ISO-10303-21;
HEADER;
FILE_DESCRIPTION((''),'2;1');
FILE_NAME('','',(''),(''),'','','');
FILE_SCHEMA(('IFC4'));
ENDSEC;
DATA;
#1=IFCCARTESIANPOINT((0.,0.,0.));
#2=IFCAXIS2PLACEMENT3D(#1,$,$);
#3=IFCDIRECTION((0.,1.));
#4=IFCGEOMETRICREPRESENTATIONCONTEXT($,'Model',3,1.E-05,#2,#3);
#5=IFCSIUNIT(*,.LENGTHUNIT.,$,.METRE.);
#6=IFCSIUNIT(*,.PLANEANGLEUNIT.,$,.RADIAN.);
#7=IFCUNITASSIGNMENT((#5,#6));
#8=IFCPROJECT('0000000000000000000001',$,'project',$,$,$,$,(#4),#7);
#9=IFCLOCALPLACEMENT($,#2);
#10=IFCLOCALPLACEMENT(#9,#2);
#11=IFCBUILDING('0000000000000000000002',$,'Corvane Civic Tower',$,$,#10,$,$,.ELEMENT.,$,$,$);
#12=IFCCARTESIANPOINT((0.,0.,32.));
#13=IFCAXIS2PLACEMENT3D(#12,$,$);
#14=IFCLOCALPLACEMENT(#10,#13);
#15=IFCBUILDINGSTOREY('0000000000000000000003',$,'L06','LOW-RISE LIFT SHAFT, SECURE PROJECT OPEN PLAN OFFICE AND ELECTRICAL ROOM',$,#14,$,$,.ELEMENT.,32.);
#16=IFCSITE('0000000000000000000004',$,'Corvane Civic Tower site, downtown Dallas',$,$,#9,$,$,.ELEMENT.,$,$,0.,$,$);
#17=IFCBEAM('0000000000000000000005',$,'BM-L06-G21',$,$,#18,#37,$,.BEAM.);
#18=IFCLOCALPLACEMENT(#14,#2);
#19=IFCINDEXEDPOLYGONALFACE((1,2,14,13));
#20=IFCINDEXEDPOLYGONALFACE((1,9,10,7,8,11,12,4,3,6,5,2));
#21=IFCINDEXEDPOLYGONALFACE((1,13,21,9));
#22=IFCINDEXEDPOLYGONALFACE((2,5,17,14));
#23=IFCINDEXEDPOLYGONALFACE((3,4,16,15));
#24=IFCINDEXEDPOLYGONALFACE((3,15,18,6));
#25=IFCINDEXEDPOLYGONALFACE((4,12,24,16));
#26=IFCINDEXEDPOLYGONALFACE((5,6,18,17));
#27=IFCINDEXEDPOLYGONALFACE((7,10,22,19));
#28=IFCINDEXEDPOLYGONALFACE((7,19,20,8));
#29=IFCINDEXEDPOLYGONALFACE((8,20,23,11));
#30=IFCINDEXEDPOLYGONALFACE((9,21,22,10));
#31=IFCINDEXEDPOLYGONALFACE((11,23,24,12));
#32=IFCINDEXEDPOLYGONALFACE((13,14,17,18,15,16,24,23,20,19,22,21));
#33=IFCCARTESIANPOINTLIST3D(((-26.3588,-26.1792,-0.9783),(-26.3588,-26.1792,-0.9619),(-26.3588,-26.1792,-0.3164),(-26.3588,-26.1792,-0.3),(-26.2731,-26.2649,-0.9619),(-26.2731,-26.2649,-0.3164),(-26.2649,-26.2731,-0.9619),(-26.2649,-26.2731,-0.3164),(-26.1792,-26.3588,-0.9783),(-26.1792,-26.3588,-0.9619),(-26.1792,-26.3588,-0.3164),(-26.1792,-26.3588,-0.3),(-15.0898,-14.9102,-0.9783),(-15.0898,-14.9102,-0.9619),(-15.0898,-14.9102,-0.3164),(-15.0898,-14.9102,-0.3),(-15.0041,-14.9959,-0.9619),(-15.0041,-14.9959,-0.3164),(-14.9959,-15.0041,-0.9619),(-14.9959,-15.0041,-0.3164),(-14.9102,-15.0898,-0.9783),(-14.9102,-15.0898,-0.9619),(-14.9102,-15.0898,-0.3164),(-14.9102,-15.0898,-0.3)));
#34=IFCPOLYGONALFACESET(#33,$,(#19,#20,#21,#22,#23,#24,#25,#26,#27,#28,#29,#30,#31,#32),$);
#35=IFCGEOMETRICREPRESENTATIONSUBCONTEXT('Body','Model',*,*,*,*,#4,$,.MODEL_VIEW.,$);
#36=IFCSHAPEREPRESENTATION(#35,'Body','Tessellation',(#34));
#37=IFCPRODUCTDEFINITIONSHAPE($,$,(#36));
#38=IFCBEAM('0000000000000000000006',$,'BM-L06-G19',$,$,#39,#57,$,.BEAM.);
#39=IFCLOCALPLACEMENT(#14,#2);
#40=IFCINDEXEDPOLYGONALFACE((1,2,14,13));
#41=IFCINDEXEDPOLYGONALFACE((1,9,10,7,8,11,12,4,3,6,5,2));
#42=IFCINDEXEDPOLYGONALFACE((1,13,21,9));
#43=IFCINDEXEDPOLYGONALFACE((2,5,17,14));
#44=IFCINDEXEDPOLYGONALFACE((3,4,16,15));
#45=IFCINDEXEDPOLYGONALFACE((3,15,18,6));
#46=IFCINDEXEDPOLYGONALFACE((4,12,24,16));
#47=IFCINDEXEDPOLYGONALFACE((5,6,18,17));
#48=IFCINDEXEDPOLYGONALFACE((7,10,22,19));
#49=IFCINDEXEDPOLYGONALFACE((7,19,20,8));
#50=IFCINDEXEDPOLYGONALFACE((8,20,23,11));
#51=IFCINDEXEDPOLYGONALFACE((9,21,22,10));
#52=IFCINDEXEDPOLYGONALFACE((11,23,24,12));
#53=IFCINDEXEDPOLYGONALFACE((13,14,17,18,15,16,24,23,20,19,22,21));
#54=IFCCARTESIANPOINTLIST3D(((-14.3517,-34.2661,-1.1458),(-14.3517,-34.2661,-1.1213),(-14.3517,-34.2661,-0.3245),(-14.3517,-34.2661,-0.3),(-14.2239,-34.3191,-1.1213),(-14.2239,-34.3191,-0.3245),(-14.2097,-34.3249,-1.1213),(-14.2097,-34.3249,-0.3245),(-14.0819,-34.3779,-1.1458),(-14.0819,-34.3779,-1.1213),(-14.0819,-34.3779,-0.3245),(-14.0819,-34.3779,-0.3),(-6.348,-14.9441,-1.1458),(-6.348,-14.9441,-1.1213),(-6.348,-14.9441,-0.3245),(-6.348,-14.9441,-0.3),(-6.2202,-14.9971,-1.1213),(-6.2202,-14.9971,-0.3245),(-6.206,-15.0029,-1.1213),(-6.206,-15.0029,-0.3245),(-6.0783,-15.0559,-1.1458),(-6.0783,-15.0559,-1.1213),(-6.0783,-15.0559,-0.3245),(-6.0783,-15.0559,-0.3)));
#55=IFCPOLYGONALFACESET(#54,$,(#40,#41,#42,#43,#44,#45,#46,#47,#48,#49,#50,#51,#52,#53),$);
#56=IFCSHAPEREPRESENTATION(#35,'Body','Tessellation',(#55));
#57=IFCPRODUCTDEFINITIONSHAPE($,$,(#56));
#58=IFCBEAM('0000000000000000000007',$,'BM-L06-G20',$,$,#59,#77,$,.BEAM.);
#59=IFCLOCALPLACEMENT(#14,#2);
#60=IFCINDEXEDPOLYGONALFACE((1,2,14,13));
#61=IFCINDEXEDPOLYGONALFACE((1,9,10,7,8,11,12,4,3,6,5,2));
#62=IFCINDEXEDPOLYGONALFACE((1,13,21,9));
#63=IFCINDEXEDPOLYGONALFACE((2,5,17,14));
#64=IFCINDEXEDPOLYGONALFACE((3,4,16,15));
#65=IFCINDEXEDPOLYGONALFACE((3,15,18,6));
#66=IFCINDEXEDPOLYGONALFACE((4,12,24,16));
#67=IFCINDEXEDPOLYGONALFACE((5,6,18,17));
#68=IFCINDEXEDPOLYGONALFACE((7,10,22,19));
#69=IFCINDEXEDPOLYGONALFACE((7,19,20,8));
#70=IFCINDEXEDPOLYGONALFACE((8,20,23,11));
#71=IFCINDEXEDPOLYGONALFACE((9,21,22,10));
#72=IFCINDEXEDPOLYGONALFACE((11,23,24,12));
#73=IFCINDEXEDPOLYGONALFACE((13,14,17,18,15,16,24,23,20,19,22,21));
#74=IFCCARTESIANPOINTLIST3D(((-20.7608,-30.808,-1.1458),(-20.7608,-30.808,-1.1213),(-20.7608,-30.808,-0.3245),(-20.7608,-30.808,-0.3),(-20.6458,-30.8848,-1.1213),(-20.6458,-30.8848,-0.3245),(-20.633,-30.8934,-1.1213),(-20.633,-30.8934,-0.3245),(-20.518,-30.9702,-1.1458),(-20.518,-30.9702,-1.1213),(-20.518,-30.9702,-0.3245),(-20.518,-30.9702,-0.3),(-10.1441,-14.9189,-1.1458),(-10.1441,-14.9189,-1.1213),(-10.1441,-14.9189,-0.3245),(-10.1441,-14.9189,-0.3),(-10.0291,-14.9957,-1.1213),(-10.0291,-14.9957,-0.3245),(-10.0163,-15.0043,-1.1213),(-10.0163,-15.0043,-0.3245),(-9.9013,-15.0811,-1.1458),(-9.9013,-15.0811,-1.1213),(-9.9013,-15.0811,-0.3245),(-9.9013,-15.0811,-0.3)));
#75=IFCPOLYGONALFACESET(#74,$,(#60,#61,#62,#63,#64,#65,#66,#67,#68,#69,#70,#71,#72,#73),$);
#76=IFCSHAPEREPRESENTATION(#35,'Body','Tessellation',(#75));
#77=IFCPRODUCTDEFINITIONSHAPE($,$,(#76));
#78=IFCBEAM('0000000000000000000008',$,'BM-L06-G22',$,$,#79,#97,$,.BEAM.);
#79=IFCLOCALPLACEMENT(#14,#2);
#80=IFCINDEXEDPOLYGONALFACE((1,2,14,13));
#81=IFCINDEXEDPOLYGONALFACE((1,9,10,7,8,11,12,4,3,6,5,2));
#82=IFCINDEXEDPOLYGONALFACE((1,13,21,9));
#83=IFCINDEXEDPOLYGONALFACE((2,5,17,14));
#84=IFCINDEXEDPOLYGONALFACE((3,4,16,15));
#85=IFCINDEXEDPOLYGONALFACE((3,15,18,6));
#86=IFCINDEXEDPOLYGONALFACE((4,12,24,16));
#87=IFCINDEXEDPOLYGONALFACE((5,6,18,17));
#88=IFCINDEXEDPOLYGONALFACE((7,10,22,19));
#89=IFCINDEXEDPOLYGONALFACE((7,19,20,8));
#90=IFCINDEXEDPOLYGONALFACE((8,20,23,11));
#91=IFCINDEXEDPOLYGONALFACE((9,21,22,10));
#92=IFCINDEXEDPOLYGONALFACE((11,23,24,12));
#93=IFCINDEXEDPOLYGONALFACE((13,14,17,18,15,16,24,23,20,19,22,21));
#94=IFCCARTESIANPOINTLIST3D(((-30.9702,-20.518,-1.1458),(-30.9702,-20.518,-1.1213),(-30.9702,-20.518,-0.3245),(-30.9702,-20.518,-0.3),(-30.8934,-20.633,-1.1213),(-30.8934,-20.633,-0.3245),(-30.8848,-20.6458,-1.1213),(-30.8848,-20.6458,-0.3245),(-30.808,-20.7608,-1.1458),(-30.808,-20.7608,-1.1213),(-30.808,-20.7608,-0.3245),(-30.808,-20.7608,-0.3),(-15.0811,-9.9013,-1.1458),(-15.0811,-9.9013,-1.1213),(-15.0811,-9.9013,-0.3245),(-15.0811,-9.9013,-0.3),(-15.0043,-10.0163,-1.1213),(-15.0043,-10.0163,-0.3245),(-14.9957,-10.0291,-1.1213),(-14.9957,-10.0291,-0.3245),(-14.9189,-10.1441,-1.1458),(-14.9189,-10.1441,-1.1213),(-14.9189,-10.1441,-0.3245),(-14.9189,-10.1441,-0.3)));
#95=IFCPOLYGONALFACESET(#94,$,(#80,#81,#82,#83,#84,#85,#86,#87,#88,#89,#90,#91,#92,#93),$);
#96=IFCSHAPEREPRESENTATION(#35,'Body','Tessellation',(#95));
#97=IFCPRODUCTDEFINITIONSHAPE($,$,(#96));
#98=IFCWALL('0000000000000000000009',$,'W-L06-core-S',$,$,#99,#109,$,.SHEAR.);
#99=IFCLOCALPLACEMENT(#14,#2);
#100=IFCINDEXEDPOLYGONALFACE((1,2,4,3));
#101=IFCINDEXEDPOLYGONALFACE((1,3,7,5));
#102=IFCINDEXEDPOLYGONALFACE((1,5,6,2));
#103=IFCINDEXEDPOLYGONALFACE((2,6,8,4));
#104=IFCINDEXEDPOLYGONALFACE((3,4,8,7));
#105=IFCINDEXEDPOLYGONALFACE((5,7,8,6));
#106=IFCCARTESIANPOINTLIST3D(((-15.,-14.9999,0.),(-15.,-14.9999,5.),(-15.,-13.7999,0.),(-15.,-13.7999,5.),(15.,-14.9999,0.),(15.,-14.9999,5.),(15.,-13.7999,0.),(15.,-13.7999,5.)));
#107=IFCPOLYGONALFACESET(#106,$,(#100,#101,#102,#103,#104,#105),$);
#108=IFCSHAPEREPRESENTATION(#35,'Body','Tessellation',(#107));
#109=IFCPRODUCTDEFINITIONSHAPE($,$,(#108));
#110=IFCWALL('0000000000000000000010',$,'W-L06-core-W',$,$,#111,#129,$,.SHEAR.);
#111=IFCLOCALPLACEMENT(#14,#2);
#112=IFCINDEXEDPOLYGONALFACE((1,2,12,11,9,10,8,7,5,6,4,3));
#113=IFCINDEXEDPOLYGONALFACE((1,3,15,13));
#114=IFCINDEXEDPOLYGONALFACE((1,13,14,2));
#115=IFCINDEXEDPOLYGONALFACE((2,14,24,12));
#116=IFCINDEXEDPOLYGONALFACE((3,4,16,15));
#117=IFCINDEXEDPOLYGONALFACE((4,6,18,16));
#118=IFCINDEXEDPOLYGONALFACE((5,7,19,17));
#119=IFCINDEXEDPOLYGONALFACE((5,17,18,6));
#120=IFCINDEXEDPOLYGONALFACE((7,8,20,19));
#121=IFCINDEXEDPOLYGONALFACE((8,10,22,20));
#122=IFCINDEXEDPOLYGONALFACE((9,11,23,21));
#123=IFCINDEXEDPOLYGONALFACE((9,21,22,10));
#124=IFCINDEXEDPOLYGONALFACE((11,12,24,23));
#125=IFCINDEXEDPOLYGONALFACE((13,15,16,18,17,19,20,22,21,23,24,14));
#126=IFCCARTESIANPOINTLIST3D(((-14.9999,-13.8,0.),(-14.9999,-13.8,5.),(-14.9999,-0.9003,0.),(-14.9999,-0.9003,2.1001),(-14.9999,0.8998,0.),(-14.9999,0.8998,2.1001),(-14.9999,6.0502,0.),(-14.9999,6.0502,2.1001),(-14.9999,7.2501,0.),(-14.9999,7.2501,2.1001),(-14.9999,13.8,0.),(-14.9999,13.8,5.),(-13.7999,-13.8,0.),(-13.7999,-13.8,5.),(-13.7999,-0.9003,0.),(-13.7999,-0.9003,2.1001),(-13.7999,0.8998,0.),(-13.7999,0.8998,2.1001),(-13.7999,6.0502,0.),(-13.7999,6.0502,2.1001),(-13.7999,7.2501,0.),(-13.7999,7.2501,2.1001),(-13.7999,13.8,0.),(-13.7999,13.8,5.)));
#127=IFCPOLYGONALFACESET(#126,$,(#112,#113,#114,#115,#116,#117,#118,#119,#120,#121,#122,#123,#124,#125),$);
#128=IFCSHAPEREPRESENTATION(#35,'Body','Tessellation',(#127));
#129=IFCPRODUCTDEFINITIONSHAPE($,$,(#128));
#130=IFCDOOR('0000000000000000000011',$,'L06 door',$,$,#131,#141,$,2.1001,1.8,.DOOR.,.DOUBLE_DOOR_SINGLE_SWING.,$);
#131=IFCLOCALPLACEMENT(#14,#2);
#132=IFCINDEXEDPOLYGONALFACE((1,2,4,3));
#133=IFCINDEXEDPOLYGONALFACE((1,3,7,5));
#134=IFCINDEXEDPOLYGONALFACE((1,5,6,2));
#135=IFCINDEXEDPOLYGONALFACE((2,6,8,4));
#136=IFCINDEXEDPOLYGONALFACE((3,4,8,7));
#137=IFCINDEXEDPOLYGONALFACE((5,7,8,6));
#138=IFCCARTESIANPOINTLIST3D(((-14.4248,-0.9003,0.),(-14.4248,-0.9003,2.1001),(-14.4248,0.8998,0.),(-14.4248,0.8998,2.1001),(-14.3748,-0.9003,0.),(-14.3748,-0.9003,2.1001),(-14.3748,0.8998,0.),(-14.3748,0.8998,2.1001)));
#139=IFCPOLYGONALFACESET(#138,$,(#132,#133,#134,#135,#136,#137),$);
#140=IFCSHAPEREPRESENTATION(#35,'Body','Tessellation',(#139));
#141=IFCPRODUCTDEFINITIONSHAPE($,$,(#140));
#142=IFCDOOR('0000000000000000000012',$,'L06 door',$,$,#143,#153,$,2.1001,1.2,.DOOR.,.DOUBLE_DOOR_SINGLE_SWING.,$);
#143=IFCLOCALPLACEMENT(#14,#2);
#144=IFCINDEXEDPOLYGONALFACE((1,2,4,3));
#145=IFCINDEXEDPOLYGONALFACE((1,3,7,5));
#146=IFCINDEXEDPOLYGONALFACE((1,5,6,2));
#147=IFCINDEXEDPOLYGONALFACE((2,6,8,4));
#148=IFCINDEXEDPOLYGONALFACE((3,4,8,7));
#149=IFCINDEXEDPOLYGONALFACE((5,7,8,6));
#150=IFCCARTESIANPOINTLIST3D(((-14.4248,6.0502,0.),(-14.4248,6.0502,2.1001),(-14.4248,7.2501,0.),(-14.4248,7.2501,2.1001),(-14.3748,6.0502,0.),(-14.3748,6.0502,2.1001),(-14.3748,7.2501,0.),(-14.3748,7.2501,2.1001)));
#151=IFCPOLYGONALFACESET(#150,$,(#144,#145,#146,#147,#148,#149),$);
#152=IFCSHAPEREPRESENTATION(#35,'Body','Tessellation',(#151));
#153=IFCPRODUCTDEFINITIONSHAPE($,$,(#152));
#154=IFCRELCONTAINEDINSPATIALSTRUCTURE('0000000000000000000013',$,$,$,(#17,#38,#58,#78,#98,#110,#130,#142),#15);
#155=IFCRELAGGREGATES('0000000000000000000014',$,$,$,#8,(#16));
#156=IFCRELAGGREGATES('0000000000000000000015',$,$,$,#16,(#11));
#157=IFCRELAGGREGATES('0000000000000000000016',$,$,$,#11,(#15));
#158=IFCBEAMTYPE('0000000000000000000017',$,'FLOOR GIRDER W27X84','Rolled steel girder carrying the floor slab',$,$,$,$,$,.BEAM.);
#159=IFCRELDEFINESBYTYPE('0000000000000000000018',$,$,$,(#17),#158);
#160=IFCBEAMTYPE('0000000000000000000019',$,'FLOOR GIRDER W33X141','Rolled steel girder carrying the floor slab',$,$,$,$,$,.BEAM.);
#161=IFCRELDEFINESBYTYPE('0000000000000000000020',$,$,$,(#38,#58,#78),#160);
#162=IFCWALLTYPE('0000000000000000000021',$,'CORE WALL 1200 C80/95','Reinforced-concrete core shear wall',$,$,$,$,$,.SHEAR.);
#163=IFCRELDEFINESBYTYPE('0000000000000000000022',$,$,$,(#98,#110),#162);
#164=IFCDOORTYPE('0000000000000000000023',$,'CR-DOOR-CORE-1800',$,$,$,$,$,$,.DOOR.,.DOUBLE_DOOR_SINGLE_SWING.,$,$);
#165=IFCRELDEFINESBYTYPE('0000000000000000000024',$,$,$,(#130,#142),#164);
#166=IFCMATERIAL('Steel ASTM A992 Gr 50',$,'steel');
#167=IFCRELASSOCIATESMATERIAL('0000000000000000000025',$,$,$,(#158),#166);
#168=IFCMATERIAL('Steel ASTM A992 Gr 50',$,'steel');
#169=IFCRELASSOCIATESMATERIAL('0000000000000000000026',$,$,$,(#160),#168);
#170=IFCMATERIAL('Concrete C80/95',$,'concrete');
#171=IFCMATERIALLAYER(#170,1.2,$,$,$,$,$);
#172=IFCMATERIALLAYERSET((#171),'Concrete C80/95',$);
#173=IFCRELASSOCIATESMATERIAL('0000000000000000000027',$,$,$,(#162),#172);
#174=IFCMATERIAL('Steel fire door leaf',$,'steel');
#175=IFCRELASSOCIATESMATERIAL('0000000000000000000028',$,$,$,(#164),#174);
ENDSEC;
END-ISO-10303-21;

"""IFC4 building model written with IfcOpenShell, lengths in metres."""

from ifc_helpers import new_model, si_unit, direction, frame, frame_2d, origin, origin_2d, place, context, subcontext, project, spatial, rectangle, i_section, extrude, material, layer, layer_set, material_profile, profile_set, type_object, element, fill, save


model = new_model("IFC4")

# Units and contexts
model_context = context("Model", 3, precision=1e-05, world=origin(), true_north=direction((0.0, 1.0)))
body_context = subcontext(model_context, "Body", "Model", "MODEL_VIEW")
ifc_project = project(units=[si_unit("LENGTHUNIT", "METRE"), si_unit("PLANEANGLEUNIT", "RADIAN")], contexts=[model_context])

# Site, building, storey
site_placement = place(None, origin())
site = spatial("IfcSite", under=ifc_project, at=site_placement, Name="Corvane Civic Tower site, downtown Dallas", CompositionType="ELEMENT", RefElevation=0.0)
building_placement = place(site_placement, origin())
building = spatial("IfcBuilding", under=site, at=building_placement, Name="Corvane Civic Tower", CompositionType="ELEMENT")
storey_placement = place(building_placement, frame((0.0, 0.0, 32.0)))
storey = spatial("IfcBuildingStorey", under=building, at=storey_placement, Name="L06", Description="LOW-RISE LIFT SHAFT, SECURE PROJECT OPEN PLAN OFFICE AND ELECTRICAL ROOM", CompositionType="ELEMENT", Elevation=32.0)

# Beams
ifc_material_1 = material(Name="Steel ASTM A992 Gr 50", Category="steel")
ifc_material_profile_1 = material_profile(ifc_material_1, i_section(OverallWidth=0.2539, OverallDepth=0.6782, WebThickness=0.0117, FlangeThickness=0.0164, at=origin_2d()), Name="W27X84")
ifc_profile_set_1 = profile_set([ifc_material_profile_1], Name="Steel ASTM A992 Gr 50")
beam_type_1 = type_object("IfcBeamType", Name="FLOOR GIRDER W27X84", Description="Rolled steel girder carrying the floor slab", PredefinedType="BEAM", material=ifc_profile_set_1)
beam_1_placement = place(storey_placement, frame((-15.0, -15.0, -0.6392), z_axis=(-0.707107, -0.707107, 0.0), x_axis=(0.707107, -0.707107, 0.0)))
element("IfcBeam", 1, at=beam_1_placement, inside=storey, type_object=beam_type_1, Name="BM-L06-G21", PredefinedType="BEAM", context=body_context, shape_type="SweptSolid", body=[
    extrude(i_section(OverallWidth=0.2539, OverallDepth=0.6782, WebThickness=0.0117, FlangeThickness=0.0164, at=origin_2d()), origin(), (0.0, 0.0, 1.0), 15.9368),
])
ifc_material_2 = material(Name="Steel ASTM A992 Gr 50", Category="steel")
ifc_material_profile_2 = material_profile(ifc_material_2, i_section(OverallWidth=0.292, OverallDepth=0.8457, WebThickness=0.0154, FlangeThickness=0.0244, at=origin_2d()), Name="W33X141")
ifc_profile_set_2 = profile_set([ifc_material_profile_2], Name="Steel ASTM A992 Gr 50")
beam_type_2 = type_object("IfcBeamType", Name="FLOOR GIRDER W33X141", Description="Rolled steel girder carrying the floor slab", PredefinedType="BEAM", material=ifc_profile_set_2)
beam_2_placement = place(storey_placement, frame((-6.2131, -15.0, -0.7229), z_axis=(-0.382692, -0.923876, 0.0), x_axis=(0.923876, -0.382692, 0.0)))
element("IfcBeam", 2, at=beam_2_placement, inside=storey, type_object=beam_type_2, Name="BM-L06-G19", PredefinedType="BEAM", context=body_context, shape_type="SweptSolid", body=[
    extrude(i_section(OverallWidth=0.292, OverallDepth=0.8457, WebThickness=0.0154, FlangeThickness=0.0244, at=origin_2d()), origin(), (0.0, 0.0, 1.0), 20.9141),
])
for number, where, z_axis, x_axis, name in (
    (3, (-10.0227, -15.0, -0.7229), (-0.555567, -0.831472, 0.0), (0.831472, -0.555567, 0.0), "BM-L06-G20"),
    (4, (-15.0, -10.0227, -0.7229), (-0.831472, -0.555567, 0.0), (0.555567, -0.831472, 0.0), "BM-L06-G22"),
):
    element("IfcBeam", number, at=place(storey_placement, frame(where, z_axis=z_axis, x_axis=x_axis)), inside=storey, type_object=beam_type_2, Name=name, PredefinedType="BEAM", context=body_context, shape_type="SweptSolid", body=[
        extrude(i_section(OverallWidth=0.292, OverallDepth=0.8457, WebThickness=0.0154, FlangeThickness=0.0244, at=origin_2d()), origin(), (0.0, 0.0, 1.0), 19.1096),
    ])

# Wall
ifc_material_3 = material(Name="Concrete C80/95", Category="concrete")
ifc_layer_1 = layer(ifc_material_3, 1.2)
ifc_layer_set_1 = layer_set([ifc_layer_1], Name="Concrete C80/95")
wall_type_1 = type_object("IfcWallType", Name="CORE WALL 1200 C80/95", Description="Reinforced-concrete core shear wall", PredefinedType="SHEAR", material=ifc_layer_set_1)
wall_1_placement = place(storey_placement, frame((-15.0, -14.3999, 0.0), z_axis=(0.0, 0.0, 1.0), x_axis=(1.0, 0.0, 0.0)))
element("IfcWall", 5, at=wall_1_placement, inside=storey, type_object=wall_type_1, Name="W-L06-core-S", PredefinedType="SHEAR", context=body_context, shape_type="SweptSolid", body=[
    extrude(rectangle(XDim=30.0, YDim=1.2, at=frame_2d((15.0, 0.0))), origin(), (0.0, 0.0, 1.0), 5.0),
])

# Wall, openings, doors
wall_2_placement = place(storey_placement, frame((-14.3999, -13.8, 0.0), z_axis=(0.0, 0.0, 1.0), x_axis=(0.0, 1.0, 0.0)))
wall_2 = element("IfcWall", 6, at=wall_2_placement, inside=storey, type_object=wall_type_1, Name="W-L06-core-W", PredefinedType="SHEAR", context=body_context, shape_type="SweptSolid", body=[
    extrude(rectangle(XDim=27.6001, YDim=1.2, at=frame_2d((13.8, 0.0))), origin(), (0.0, 0.0, 1.0), 5.0),
])
opening_1_placement = place(wall_2_placement, frame((12.8999, 0.0, 0.0)))
opening_1 = element("IfcOpeningElement", 7, at=opening_1_placement, cuts=wall_2, PredefinedType="OPENING", context=body_context, shape_type="SweptSolid", body=[
    extrude(rectangle(XDim=1.8, YDim=2.1001, at=frame_2d((0.8999, 1.05))), frame((0.0, 0.6099, 0.0), z_axis=(0.0, -1.0, 0.0), x_axis=(1.0, 0.0, 0.0)), (0.0, 0.0, 1.0), 1.22),
])
opening_2_placement = place(wall_2_placement, frame((19.8501, 0.0, 0.0)))
opening_2 = element("IfcOpeningElement", 8, at=opening_2_placement, cuts=wall_2, PredefinedType="OPENING", context=body_context, shape_type="SweptSolid", body=[
    extrude(rectangle(XDim=1.2, YDim=2.1001, at=frame_2d((0.6001, 1.05))), frame((0.0, 0.6099, 0.0), z_axis=(0.0, -1.0, 0.0), x_axis=(1.0, 0.0, 0.0)), (0.0, 0.0, 1.0), 1.22),
])
ifc_material_4 = material(Name="Steel fire door leaf", Category="steel")
door_type_1 = type_object("IfcDoorType", Name="CR-DOOR-CORE-1800", OperationType="DOUBLE_DOOR_SINGLE_SWING", PredefinedType="DOOR", material=ifc_material_4)
door_1_placement = place(opening_1_placement, origin())
door_1 = element("IfcDoor", 9, at=door_1_placement, inside=storey, type_object=door_type_1, Name="L06 door", OperationType="DOUBLE_DOOR_SINGLE_SWING", OverallHeight=2.1001, OverallWidth=1.8, PredefinedType="DOOR", context=body_context, shape_type="SweptSolid", body=[
    extrude(rectangle(XDim=1.8, YDim=2.1001, at=frame_2d((0.8999, 1.05))), frame((0.0, 0.0249, 0.0), z_axis=(0.0, -1.0, 0.0), x_axis=(1.0, 0.0, 0.0)), (0.0, 0.0, 1.0), 0.05),
])
fill(opening_1, door_1)
door_2_placement = place(opening_2_placement, origin())
door_2 = element("IfcDoor", 10, at=door_2_placement, inside=storey, type_object=door_type_1, Name="L06 door", OperationType="DOUBLE_DOOR_SINGLE_SWING", OverallHeight=2.1001, OverallWidth=1.2, PredefinedType="DOOR", context=body_context, shape_type="SweptSolid", body=[
    extrude(rectangle(XDim=1.2, YDim=2.1001, at=frame_2d((0.6001, 1.05))), frame((0.0, 0.0249, 0.0), z_axis=(0.0, -1.0, 0.0), x_axis=(1.0, 0.0, 0.0)), (0.0, 0.0, 1.0), 0.05),
])
fill(opening_2, door_2)

save(model, "model.ifc")
